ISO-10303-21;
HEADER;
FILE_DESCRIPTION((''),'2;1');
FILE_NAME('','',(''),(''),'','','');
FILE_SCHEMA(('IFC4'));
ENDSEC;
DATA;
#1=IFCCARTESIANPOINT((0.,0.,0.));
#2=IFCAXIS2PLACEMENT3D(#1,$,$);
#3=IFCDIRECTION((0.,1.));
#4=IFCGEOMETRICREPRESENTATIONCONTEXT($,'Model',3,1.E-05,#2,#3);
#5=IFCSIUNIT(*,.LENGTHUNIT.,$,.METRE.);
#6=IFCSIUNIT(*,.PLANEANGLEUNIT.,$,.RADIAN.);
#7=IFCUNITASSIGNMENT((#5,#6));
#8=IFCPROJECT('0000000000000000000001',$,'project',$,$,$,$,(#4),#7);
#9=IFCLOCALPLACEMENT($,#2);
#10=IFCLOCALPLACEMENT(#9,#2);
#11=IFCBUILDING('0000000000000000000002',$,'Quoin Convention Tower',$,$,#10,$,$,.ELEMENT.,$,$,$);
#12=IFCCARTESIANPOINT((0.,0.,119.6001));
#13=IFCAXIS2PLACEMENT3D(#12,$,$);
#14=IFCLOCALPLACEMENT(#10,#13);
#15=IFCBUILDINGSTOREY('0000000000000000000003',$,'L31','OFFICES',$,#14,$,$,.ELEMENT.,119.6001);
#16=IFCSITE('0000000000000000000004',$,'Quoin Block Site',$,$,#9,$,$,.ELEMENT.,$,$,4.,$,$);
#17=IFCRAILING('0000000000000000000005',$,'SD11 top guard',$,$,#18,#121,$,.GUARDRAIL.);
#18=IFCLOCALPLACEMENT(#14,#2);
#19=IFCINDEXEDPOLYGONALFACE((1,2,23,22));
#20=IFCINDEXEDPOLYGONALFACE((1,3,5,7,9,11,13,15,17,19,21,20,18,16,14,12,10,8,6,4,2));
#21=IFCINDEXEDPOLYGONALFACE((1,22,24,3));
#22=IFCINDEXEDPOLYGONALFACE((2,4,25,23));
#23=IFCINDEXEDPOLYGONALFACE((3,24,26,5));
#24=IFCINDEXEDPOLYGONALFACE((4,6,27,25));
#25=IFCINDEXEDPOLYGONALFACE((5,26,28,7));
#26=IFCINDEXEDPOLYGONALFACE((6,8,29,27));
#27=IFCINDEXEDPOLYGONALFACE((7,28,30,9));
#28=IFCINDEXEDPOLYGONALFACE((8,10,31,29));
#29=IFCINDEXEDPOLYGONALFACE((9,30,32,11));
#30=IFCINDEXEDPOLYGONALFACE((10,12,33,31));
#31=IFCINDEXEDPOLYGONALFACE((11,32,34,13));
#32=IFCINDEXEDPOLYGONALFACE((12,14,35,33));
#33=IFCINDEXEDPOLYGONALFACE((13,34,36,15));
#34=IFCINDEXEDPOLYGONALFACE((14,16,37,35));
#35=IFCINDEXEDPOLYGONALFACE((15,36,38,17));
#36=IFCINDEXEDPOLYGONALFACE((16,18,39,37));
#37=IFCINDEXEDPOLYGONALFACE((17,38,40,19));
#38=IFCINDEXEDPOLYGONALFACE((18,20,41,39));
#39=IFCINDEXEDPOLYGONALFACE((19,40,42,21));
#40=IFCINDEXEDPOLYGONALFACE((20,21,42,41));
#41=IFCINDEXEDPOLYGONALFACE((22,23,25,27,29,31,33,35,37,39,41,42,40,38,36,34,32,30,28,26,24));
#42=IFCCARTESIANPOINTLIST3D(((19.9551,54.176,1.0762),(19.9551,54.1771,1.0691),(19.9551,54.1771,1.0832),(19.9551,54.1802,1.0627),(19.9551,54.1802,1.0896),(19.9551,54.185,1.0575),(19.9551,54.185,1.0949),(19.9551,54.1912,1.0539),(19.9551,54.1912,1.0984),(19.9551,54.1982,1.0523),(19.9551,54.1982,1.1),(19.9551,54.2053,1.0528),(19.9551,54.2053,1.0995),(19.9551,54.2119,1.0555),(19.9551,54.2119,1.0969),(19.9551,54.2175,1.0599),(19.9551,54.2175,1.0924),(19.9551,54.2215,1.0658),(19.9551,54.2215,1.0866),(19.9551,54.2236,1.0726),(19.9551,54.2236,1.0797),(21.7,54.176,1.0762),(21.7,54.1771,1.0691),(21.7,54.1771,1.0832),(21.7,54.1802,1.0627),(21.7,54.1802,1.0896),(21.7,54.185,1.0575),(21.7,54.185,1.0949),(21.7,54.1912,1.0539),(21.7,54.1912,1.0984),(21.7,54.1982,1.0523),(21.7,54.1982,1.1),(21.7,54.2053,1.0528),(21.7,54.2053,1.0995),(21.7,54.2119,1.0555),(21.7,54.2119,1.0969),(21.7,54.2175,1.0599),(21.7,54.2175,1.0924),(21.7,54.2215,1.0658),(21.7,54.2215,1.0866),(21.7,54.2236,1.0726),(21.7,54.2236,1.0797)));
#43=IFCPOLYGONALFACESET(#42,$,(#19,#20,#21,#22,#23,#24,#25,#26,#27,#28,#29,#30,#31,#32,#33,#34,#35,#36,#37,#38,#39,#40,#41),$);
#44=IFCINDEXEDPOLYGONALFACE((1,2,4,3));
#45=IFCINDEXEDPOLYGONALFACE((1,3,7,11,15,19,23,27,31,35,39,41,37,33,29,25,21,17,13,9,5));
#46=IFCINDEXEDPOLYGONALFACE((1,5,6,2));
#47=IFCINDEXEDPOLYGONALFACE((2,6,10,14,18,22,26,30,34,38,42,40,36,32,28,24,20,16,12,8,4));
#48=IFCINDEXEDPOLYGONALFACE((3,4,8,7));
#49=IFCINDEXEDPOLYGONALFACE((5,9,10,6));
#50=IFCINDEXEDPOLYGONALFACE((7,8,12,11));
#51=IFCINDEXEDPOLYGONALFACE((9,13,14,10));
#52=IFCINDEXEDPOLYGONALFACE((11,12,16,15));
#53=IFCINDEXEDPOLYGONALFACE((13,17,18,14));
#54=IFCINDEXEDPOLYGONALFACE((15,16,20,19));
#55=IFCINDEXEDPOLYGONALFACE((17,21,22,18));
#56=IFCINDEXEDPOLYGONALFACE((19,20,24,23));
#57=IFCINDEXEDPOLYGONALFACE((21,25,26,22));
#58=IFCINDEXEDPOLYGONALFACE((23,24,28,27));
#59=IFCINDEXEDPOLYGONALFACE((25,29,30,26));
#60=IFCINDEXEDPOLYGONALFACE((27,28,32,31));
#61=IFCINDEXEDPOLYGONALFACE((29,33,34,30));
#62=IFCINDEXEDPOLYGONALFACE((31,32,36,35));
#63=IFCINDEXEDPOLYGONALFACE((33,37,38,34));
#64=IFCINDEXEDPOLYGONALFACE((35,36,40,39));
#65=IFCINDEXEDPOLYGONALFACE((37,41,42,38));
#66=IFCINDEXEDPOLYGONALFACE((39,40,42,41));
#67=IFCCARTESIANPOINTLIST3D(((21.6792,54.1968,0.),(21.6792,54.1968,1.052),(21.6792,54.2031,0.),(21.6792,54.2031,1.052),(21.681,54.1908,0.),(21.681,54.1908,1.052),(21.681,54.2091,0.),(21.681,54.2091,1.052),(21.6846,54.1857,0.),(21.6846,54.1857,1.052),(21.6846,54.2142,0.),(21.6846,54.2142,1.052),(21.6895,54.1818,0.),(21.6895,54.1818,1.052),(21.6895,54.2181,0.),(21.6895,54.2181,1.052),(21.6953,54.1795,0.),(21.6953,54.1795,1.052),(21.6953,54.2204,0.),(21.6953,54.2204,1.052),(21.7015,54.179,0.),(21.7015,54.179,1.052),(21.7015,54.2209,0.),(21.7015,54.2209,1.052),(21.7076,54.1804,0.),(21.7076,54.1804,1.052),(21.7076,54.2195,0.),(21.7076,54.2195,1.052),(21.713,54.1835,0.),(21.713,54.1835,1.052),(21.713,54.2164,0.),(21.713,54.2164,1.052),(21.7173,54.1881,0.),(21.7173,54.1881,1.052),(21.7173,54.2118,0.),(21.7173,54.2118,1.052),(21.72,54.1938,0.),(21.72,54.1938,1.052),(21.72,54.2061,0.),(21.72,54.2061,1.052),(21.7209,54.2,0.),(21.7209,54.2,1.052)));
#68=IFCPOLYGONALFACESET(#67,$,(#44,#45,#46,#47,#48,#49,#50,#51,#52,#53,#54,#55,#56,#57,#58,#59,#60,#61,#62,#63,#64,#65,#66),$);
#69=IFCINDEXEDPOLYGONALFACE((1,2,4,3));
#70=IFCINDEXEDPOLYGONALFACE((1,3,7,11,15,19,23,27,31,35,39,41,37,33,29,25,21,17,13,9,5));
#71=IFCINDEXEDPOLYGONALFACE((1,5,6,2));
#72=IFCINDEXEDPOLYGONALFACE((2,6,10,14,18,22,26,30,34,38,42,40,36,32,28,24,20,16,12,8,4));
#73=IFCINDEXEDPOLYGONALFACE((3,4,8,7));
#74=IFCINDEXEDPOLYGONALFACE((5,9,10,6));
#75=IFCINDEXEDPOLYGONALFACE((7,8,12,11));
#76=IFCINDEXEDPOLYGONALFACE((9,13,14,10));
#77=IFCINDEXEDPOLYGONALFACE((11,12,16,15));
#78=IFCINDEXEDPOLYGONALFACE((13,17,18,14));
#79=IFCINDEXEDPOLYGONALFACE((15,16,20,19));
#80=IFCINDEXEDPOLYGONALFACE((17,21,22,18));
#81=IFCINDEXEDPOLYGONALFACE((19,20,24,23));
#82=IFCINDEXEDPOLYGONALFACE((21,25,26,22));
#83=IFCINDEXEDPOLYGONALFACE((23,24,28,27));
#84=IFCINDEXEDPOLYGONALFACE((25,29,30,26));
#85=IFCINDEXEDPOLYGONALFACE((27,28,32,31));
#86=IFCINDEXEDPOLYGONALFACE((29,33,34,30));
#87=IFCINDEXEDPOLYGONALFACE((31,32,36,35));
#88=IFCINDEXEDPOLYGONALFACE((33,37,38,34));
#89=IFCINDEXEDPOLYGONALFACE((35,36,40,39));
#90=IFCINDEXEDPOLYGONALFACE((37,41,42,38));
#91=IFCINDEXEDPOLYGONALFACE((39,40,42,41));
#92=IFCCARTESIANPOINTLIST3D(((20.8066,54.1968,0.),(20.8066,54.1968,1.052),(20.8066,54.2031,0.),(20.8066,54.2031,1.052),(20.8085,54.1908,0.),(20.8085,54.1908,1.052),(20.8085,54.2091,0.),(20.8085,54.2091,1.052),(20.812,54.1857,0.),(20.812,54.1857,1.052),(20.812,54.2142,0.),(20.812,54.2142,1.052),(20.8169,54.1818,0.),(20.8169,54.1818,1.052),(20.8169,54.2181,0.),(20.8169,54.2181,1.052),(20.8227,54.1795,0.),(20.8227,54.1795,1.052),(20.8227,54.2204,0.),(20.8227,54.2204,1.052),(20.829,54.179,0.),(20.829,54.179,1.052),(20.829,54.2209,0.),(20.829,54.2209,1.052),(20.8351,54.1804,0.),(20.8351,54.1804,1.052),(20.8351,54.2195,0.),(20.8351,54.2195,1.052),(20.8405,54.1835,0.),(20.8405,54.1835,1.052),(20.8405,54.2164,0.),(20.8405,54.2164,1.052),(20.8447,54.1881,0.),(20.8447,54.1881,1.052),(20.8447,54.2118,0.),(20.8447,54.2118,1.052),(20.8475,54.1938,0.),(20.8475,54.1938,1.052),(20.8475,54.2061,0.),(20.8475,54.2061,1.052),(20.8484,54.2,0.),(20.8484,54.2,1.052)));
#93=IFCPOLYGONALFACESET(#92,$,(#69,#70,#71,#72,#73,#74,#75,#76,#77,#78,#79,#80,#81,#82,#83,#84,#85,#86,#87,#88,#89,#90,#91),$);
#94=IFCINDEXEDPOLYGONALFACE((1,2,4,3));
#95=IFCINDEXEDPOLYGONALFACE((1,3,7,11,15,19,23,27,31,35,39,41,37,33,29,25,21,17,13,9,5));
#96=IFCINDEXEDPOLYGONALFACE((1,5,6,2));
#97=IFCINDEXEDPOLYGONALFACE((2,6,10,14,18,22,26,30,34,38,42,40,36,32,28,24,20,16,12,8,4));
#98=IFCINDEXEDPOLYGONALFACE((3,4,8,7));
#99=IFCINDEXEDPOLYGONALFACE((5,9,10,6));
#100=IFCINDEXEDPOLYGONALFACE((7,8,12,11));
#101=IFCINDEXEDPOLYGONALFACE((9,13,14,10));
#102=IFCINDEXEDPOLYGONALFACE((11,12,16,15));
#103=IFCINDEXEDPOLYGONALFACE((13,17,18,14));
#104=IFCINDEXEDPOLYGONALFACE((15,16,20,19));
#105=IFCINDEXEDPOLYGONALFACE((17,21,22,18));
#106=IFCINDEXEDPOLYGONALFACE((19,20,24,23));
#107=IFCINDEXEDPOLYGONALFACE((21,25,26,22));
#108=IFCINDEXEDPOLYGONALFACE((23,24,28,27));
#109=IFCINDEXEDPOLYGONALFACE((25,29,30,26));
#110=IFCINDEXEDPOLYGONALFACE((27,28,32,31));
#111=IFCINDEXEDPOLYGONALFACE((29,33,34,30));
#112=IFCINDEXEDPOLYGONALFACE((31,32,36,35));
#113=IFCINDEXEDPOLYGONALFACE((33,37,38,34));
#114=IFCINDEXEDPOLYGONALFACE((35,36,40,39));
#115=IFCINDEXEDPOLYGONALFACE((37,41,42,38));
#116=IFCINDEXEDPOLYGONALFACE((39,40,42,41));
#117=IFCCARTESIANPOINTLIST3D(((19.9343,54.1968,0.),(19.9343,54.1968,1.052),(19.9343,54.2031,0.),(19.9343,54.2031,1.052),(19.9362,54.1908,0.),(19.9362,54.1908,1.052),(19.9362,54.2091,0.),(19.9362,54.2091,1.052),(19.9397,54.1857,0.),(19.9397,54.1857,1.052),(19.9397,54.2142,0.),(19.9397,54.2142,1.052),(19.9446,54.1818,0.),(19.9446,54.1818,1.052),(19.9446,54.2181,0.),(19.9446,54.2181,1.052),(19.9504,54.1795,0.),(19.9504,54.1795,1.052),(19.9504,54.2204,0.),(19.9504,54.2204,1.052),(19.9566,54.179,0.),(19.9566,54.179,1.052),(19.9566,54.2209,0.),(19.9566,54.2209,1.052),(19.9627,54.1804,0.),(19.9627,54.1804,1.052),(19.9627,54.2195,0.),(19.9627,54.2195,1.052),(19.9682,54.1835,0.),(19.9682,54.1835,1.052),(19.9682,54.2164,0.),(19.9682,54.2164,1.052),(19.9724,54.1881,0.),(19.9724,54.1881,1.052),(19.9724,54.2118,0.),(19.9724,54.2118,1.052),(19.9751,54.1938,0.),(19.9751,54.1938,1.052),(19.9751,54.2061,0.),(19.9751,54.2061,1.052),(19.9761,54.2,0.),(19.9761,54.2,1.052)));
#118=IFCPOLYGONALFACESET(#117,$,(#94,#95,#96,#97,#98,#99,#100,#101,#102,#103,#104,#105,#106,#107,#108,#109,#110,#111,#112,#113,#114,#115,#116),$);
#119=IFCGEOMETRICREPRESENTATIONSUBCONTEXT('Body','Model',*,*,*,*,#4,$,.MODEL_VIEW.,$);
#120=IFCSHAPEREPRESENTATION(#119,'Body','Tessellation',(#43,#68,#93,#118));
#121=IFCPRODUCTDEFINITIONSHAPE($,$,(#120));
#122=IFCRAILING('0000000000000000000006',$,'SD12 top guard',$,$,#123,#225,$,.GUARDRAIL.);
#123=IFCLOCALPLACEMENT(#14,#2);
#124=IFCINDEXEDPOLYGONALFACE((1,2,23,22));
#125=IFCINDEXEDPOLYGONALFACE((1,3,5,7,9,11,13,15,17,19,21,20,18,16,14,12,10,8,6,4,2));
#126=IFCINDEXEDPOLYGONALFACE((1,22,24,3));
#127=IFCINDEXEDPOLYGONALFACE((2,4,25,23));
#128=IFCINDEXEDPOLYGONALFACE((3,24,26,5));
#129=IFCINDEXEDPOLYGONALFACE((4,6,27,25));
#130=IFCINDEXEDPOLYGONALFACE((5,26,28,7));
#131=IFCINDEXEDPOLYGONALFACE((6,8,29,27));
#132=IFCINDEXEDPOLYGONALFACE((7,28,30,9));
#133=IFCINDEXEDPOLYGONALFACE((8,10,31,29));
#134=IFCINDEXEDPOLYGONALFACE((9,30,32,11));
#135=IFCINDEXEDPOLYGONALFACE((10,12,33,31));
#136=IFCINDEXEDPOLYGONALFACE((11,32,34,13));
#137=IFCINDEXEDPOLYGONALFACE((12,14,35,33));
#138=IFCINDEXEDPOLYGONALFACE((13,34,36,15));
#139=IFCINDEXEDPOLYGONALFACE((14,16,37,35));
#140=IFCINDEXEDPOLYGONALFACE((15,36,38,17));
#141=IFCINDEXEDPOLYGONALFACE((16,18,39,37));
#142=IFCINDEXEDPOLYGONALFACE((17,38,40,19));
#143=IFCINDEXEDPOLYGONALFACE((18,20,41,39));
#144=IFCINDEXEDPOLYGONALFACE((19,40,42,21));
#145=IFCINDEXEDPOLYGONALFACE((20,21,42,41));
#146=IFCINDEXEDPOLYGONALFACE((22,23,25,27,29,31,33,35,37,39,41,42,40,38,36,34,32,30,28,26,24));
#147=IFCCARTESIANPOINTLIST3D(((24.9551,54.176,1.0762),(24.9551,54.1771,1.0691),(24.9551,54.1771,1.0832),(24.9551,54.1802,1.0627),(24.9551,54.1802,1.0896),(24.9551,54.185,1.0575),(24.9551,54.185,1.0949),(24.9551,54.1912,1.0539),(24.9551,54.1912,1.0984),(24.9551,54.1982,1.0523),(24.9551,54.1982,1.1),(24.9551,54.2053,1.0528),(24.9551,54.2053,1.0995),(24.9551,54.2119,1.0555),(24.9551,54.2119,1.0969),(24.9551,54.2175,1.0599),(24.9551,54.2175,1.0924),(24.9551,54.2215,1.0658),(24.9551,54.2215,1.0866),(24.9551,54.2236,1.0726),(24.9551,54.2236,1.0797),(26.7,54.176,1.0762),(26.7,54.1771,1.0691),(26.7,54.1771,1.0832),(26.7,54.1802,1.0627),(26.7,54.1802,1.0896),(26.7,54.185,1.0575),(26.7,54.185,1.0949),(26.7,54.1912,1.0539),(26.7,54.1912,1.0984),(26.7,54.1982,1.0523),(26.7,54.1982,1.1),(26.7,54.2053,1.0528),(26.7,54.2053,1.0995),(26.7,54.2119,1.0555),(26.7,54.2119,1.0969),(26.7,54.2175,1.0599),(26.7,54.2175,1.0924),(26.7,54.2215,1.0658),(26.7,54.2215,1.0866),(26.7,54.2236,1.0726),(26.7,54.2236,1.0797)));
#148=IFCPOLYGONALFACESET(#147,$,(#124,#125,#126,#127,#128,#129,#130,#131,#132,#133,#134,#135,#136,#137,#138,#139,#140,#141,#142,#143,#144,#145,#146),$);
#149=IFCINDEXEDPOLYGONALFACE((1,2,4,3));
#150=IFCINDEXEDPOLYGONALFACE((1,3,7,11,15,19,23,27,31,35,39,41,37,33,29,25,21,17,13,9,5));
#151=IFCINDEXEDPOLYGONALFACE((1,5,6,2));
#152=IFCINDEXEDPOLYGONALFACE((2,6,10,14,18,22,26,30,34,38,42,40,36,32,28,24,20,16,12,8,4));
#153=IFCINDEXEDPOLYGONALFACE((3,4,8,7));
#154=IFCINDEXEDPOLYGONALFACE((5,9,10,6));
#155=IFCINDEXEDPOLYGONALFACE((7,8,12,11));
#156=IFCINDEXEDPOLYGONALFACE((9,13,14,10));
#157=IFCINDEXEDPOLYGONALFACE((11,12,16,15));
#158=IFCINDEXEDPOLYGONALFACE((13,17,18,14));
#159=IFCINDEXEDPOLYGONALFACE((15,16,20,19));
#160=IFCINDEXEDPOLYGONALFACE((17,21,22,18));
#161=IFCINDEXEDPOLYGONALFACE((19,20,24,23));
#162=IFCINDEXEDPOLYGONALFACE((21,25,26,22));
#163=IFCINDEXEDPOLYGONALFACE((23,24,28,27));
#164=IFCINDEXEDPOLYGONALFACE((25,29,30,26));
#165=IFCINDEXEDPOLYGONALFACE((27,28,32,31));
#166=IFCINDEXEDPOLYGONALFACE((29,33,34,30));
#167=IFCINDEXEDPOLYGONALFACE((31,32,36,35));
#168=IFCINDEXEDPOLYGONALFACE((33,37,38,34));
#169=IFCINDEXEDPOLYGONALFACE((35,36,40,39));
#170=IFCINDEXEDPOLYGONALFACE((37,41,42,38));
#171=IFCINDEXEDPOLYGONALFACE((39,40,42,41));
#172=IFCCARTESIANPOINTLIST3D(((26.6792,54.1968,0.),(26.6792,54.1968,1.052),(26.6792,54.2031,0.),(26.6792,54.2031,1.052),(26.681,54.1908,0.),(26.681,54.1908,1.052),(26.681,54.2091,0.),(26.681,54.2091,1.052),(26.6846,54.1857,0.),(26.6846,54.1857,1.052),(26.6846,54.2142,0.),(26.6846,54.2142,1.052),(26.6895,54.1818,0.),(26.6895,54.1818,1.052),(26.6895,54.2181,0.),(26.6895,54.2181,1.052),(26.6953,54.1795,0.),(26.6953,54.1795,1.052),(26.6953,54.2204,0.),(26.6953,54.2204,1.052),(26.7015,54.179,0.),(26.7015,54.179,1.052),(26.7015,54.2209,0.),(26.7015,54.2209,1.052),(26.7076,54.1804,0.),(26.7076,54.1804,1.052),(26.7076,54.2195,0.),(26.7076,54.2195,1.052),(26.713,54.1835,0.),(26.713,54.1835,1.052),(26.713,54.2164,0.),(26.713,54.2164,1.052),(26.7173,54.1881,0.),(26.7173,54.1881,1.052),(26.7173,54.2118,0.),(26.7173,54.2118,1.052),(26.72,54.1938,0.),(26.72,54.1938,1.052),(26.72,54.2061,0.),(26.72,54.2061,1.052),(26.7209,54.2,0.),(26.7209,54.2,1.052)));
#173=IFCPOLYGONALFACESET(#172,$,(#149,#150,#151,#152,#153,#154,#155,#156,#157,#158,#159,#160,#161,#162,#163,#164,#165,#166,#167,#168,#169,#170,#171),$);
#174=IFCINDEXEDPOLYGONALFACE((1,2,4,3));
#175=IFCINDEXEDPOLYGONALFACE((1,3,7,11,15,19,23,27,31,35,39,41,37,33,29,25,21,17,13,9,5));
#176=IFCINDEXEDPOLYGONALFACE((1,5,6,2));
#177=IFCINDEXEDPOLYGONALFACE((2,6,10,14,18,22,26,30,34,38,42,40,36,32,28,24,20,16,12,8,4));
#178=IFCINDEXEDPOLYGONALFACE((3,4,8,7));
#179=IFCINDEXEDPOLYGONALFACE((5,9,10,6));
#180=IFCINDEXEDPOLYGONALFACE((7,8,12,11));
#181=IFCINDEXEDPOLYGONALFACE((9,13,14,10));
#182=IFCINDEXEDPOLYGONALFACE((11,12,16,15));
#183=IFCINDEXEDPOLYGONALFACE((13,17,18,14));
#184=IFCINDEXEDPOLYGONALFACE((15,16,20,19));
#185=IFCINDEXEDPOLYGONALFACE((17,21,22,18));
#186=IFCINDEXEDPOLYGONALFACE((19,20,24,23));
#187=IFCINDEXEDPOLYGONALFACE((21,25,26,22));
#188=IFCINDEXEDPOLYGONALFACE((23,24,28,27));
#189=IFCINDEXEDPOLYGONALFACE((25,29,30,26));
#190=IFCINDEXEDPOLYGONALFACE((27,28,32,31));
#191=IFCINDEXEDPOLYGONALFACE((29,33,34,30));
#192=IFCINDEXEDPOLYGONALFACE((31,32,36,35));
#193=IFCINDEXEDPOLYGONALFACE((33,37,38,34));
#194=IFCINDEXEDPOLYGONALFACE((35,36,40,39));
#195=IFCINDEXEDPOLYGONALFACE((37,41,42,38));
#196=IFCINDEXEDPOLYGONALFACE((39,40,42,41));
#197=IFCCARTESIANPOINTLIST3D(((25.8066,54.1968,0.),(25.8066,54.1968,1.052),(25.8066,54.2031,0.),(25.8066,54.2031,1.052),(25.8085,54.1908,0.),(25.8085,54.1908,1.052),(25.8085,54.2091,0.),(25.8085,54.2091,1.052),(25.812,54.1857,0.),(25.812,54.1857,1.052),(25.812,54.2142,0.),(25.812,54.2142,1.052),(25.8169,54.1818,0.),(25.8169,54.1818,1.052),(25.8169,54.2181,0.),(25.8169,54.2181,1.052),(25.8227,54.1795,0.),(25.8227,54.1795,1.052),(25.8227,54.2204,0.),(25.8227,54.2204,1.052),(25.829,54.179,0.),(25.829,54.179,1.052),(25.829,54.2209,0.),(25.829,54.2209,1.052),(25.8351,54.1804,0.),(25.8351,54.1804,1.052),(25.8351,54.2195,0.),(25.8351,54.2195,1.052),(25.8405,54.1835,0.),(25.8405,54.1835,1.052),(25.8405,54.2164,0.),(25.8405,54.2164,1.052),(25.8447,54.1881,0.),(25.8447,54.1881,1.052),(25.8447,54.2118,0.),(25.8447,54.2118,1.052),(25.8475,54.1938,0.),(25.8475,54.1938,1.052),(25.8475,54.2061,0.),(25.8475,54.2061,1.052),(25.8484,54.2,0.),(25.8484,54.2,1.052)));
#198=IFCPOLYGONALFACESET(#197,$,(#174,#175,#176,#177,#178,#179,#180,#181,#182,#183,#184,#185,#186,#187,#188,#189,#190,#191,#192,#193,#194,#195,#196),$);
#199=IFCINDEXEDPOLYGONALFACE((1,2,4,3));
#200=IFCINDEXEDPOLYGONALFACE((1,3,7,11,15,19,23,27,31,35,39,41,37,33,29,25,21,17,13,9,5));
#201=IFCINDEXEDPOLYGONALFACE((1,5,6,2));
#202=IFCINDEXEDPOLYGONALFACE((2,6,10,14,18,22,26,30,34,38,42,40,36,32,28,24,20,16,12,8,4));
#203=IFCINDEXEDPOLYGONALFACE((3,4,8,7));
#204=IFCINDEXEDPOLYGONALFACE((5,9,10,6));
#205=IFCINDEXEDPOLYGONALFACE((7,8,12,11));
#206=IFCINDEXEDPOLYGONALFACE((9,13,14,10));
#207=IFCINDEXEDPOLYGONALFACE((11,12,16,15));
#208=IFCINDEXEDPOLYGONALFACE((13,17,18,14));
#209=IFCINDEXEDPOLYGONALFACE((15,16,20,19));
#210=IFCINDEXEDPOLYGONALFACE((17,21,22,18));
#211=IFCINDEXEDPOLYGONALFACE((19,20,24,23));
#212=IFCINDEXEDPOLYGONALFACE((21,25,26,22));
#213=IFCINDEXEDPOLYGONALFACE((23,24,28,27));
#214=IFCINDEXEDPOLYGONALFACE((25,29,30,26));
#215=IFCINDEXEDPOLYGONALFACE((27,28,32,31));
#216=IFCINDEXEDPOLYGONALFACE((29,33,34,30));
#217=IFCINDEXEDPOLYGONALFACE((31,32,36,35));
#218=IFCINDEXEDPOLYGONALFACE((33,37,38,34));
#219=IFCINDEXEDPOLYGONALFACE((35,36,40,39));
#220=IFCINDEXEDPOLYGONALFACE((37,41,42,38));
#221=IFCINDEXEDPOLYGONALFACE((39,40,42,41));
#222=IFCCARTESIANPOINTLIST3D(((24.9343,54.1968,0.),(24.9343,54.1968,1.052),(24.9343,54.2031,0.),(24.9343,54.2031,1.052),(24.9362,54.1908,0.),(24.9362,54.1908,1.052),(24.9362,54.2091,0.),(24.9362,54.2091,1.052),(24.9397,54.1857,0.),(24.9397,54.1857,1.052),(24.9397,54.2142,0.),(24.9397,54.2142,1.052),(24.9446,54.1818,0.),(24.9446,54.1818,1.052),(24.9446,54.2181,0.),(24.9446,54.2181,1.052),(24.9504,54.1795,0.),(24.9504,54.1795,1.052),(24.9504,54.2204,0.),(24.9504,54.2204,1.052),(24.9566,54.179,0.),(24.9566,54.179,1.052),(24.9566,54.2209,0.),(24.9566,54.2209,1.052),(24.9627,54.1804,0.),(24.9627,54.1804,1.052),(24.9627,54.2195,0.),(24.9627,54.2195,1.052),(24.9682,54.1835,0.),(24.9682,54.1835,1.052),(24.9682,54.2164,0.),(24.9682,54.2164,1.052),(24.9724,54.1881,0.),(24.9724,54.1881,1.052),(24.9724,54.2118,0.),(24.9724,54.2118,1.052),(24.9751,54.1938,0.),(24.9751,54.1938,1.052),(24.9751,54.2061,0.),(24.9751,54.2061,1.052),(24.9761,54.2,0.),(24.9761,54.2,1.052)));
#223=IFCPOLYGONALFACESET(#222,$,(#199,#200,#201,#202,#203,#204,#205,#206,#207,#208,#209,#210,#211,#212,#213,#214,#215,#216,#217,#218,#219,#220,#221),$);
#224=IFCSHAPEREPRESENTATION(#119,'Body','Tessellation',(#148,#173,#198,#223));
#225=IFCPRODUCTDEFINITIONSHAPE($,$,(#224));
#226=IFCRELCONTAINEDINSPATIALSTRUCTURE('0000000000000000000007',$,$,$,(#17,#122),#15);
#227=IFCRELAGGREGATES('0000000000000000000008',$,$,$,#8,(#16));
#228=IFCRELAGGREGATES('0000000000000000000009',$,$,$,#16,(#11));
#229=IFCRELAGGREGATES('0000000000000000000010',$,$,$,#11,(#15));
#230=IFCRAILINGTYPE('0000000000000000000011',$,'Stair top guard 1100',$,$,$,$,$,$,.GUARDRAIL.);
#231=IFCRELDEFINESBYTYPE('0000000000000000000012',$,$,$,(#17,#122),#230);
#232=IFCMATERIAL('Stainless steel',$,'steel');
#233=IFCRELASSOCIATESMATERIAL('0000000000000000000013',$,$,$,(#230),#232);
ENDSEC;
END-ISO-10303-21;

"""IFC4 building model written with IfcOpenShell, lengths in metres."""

from ifc_helpers import new_model, si_unit, direction, frame, origin, origin_2d, place, context, subcontext, project, spatial, circle, extrude, material, type_object, element, save


model = new_model("IFC4")

# Units and contexts
model_context = context("Model", 3, precision=1e-05, world=origin(), true_north=direction((0.0, 1.0)))
body_context = subcontext(model_context, "Body", "Model", "MODEL_VIEW")
ifc_project = project(units=[si_unit("LENGTHUNIT", "METRE"), si_unit("PLANEANGLEUNIT", "RADIAN")], contexts=[model_context])

# Site, building, storey
site_placement = place(None, origin())
site = spatial("IfcSite", under=ifc_project, at=site_placement, Name="Quoin Block Site", CompositionType="ELEMENT", RefElevation=4.0)
building_placement = place(site_placement, origin())
building = spatial("IfcBuilding", under=site, at=building_placement, Name="Quoin Convention Tower", CompositionType="ELEMENT")
storey_placement = place(building_placement, frame((0.0, 0.0, 119.6001)))
storey = spatial("IfcBuildingStorey", under=building, at=storey_placement, Name="L31", Description="OFFICES", CompositionType="ELEMENT", Elevation=119.6001)

# Railings
ifc_material_1 = material(Name="Stainless steel", Category="steel")
railing_type_1 = type_object("IfcRailingType", Name="Stair top guard 1100", PredefinedType="GUARDRAIL", material=ifc_material_1)
for number, where, name in (
    (1, (21.7, 54.2, 0.0), "SD11 top guard"),
    (2, (26.7, 54.2, 0.0), "SD12 top guard"),
):
    element("IfcRailing", number, at=place(storey_placement, frame(where)), inside=storey, type_object=railing_type_1, Name=name, PredefinedType="GUARDRAIL", context=body_context, shape_type="SweptSolid", body=[
        extrude(circle(Radius=0.0239, at=origin_2d()), frame((0.0, 0.0, 1.0762), z_axis=(-1.0, 0.0, 0.0), x_axis=(0.0, -1.0, 0.0)), (0.0, 0.0, 1.0), 1.7449),
        extrude(circle(Radius=0.021, at=origin_2d()), origin(), (0.0, 0.0, 1.0), 1.052),
        extrude(circle(Radius=0.021, at=origin_2d()), frame((-0.8726, 0.0, 0.0)), (0.0, 0.0, 1.0), 1.052),
        extrude(circle(Radius=0.021, at=origin_2d()), frame((-1.7449, 0.0, 0.0)), (0.0, 0.0, 1.0), 1.052),
    ])

save(model, "model.ifc")
